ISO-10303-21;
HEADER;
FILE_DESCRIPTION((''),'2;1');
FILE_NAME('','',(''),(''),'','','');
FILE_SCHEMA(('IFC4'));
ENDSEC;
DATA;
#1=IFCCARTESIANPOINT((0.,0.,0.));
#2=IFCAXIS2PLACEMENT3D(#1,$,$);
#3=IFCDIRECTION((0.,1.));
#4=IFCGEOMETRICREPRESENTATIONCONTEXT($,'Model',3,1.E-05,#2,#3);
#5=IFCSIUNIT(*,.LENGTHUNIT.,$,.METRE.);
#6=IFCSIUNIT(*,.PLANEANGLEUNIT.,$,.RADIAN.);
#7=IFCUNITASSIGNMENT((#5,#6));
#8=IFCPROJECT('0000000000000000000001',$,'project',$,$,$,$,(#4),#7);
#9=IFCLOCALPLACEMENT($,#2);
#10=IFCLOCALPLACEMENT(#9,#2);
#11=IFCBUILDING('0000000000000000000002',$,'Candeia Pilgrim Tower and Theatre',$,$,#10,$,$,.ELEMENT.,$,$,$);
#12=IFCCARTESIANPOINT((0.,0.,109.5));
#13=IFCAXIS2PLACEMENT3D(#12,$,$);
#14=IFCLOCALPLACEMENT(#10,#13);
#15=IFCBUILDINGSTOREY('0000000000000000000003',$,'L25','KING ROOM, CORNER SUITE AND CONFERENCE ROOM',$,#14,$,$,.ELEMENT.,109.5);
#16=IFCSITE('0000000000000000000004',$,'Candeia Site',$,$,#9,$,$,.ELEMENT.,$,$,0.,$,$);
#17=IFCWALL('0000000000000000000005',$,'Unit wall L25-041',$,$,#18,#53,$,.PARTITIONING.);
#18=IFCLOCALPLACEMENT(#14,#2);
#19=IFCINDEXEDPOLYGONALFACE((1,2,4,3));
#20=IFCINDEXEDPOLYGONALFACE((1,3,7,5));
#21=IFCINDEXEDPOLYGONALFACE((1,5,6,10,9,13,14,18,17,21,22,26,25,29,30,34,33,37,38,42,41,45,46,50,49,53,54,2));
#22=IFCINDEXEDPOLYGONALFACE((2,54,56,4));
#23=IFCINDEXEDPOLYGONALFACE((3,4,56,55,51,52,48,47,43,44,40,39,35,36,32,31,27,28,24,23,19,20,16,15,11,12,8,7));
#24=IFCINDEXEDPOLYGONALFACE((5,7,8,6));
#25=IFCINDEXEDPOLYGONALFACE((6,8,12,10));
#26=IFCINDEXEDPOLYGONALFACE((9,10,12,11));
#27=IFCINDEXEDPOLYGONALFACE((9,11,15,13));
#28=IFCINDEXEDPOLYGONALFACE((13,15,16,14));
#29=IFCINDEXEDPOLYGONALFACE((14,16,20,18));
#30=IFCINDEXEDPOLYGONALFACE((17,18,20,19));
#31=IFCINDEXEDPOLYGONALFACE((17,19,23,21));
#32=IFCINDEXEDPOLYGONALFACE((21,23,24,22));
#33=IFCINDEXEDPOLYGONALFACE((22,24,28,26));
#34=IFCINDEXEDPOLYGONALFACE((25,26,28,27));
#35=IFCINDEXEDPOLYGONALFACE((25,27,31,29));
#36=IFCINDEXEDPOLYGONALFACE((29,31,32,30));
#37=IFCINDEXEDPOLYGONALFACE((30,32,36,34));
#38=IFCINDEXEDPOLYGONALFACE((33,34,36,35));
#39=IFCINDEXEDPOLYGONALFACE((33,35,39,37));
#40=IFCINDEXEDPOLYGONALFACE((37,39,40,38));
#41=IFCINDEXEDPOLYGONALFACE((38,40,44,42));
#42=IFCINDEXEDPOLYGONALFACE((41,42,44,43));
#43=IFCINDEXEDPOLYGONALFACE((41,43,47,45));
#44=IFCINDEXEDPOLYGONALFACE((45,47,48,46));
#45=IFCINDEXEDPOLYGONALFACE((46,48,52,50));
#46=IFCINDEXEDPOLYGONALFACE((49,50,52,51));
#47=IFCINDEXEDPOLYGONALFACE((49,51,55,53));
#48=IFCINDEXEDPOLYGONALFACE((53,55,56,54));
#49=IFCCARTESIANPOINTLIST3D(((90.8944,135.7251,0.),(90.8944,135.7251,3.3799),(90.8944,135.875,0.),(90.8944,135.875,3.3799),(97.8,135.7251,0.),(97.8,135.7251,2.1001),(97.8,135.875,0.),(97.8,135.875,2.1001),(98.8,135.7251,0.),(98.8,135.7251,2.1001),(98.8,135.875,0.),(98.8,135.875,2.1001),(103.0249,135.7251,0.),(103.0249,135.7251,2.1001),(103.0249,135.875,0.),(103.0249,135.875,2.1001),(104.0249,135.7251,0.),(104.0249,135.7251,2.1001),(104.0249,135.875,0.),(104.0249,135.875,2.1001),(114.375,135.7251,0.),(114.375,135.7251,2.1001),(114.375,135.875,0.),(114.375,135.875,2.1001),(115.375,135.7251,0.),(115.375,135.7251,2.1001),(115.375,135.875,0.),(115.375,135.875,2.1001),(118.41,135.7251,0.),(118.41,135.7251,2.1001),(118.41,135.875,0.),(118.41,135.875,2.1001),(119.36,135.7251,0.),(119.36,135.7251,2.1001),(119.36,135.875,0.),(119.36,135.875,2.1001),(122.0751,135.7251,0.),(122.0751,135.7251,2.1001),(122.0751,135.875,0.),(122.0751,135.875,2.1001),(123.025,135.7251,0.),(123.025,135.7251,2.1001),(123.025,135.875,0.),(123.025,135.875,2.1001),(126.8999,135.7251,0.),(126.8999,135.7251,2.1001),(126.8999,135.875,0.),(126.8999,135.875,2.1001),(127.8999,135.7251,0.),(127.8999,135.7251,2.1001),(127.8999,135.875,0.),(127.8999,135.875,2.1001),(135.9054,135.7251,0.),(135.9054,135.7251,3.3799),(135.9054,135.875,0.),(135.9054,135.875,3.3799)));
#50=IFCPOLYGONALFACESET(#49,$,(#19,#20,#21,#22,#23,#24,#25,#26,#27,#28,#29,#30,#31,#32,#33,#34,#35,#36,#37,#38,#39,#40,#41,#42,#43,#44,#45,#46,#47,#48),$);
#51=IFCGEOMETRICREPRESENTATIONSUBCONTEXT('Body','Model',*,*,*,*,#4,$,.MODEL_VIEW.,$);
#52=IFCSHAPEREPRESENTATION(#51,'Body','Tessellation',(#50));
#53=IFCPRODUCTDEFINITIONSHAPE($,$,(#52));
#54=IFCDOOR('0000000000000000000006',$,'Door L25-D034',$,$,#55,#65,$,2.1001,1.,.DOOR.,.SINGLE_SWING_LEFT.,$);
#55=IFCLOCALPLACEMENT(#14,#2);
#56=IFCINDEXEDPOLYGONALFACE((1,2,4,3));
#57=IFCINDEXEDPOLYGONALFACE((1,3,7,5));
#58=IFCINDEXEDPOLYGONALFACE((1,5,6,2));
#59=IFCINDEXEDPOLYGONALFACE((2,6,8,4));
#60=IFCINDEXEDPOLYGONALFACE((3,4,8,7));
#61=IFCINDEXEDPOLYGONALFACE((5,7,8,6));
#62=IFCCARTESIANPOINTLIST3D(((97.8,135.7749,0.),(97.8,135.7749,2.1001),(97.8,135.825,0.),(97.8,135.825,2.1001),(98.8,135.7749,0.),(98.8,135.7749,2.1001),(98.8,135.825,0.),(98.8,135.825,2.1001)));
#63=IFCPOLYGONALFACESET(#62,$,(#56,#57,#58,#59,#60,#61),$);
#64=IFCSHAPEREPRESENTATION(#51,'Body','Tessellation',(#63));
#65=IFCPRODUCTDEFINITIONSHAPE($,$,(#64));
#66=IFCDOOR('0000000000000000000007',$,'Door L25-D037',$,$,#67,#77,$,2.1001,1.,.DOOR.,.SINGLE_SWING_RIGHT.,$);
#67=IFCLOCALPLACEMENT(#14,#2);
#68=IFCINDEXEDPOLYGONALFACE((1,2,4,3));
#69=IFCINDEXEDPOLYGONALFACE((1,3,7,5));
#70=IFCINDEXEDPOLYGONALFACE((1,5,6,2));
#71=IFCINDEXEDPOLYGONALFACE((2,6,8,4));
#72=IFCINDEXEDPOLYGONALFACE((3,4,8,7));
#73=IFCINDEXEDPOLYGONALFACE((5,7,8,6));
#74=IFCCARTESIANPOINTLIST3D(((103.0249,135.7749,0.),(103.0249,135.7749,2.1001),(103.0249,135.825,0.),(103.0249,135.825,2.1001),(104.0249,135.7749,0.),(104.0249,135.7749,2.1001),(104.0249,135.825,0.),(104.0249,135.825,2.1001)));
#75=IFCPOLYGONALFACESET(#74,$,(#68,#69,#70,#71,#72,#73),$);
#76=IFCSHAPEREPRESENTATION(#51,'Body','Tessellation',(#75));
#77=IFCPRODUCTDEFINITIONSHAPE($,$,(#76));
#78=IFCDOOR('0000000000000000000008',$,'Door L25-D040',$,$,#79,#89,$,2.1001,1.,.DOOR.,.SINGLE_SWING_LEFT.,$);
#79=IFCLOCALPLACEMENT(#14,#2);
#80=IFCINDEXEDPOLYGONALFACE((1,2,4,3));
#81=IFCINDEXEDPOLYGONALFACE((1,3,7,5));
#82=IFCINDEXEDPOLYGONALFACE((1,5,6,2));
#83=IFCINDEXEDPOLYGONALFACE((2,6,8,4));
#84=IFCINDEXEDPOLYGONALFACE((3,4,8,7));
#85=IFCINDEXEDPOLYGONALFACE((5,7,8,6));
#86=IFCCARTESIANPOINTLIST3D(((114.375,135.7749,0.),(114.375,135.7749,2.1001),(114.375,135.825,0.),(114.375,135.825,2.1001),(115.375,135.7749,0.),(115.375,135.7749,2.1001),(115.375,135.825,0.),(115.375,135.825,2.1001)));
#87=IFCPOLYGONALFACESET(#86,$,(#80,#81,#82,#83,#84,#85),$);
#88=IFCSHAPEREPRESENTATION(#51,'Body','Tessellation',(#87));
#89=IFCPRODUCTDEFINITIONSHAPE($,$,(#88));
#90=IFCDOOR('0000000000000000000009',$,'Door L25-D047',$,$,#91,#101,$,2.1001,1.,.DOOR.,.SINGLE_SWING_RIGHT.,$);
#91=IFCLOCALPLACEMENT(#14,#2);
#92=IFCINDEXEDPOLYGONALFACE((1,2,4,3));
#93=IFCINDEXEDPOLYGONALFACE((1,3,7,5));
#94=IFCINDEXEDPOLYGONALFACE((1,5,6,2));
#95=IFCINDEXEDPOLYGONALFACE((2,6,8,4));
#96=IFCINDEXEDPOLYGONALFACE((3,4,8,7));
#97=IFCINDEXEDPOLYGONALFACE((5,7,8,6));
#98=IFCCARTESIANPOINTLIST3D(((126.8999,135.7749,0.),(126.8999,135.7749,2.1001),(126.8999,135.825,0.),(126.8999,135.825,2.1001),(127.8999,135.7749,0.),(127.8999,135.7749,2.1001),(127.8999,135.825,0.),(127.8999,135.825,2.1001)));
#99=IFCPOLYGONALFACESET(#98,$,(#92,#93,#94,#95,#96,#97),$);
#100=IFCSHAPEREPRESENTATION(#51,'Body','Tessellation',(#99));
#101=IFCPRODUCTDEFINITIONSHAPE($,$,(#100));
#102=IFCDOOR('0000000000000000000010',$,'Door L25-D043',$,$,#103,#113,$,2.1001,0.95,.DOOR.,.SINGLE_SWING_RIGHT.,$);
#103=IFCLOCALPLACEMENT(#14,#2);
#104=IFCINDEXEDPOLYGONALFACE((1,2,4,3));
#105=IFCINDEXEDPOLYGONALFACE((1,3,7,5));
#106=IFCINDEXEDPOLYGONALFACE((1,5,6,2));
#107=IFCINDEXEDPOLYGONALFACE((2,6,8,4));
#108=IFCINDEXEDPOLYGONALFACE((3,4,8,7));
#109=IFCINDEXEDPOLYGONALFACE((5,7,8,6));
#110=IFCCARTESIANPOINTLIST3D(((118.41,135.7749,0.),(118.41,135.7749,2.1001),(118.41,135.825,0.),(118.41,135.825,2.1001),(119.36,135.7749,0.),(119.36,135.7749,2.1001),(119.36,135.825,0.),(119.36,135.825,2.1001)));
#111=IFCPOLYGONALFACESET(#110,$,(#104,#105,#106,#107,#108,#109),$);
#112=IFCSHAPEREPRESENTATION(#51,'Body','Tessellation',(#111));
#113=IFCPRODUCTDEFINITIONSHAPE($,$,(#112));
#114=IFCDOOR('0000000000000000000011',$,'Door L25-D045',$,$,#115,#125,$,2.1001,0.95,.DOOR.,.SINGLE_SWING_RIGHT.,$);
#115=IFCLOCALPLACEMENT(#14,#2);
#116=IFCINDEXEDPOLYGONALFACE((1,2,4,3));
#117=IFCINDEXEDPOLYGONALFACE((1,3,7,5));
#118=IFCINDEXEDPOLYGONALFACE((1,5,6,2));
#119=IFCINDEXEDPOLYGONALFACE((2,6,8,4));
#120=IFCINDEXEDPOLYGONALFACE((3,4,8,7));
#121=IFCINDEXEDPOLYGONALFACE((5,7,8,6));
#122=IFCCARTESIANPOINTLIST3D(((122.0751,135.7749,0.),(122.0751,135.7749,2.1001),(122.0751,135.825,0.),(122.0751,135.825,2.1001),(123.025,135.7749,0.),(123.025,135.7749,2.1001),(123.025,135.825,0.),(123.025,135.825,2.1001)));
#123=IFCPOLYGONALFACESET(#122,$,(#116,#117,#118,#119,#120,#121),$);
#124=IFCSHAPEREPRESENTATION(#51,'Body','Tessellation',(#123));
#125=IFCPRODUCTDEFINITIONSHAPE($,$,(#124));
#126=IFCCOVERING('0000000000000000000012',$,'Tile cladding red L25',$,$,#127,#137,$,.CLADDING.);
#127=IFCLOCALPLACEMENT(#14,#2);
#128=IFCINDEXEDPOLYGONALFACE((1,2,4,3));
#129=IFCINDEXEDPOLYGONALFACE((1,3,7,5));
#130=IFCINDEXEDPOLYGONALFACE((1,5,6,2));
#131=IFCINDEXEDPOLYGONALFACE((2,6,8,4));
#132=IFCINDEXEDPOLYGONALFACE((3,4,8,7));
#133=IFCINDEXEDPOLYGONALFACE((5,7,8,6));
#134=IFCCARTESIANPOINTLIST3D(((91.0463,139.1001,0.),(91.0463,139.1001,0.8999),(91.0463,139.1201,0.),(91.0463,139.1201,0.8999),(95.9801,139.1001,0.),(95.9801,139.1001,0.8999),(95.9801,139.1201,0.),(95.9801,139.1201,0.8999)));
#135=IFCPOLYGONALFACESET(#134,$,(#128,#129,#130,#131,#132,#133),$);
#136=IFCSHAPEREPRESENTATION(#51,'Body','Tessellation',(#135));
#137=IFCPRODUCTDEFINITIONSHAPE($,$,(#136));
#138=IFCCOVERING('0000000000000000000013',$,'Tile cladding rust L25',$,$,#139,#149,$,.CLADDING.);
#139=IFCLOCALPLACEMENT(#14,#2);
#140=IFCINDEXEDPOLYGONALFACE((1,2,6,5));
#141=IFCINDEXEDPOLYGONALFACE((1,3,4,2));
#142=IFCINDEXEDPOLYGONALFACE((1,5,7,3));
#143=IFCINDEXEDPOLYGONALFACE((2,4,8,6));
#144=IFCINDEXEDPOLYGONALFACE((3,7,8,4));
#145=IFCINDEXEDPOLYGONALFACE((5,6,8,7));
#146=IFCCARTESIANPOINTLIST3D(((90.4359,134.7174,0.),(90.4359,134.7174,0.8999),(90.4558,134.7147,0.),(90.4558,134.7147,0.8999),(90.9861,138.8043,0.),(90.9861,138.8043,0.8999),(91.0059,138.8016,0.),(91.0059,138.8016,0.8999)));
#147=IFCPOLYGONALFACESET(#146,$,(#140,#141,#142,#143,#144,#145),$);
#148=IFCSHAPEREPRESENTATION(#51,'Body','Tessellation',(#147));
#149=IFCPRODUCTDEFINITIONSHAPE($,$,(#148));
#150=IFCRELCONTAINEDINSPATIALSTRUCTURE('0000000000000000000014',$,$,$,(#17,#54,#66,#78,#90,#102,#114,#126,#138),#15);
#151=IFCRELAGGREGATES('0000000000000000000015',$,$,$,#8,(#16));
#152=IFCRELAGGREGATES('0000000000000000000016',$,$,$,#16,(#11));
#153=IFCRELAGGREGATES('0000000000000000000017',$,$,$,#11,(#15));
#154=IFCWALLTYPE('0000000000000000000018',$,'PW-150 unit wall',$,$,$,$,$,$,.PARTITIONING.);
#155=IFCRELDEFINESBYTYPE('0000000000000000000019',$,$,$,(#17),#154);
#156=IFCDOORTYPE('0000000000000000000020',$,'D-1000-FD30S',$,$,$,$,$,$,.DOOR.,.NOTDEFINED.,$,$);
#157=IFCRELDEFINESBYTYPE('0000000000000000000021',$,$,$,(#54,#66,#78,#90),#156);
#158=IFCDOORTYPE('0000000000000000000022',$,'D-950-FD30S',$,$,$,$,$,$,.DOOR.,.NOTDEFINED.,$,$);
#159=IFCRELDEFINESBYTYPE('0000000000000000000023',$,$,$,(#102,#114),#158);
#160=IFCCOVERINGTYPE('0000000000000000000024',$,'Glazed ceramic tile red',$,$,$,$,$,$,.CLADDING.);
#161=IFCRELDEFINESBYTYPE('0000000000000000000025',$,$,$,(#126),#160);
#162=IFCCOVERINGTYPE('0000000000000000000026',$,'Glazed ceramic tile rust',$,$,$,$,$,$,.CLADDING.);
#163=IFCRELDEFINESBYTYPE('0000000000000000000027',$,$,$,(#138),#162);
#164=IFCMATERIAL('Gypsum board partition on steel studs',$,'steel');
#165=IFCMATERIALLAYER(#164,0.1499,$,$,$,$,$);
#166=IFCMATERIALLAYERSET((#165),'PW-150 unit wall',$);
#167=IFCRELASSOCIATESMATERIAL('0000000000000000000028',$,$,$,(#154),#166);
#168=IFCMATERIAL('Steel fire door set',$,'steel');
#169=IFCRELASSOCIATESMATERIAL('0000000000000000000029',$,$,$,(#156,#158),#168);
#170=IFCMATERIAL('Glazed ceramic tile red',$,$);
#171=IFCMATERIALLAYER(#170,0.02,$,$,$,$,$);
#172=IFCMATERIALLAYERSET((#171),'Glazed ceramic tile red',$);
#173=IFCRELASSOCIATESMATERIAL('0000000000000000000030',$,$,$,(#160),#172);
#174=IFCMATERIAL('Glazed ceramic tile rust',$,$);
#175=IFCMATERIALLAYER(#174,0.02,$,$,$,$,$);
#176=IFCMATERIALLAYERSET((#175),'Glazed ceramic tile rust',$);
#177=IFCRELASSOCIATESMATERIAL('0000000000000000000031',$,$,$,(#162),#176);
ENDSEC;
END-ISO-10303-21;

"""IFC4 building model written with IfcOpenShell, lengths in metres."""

from ifc_helpers import new_model, si_unit, direction, frame, frame_2d, origin, origin_2d, place, context, subcontext, project, spatial, rectangle, extrude, material, layer, layer_set, type_object, element, fill, save


model = new_model("IFC4")

# Units and contexts
model_context = context("Model", 3, precision=1e-05, world=origin(), true_north=direction((0.0, 1.0)))
body_context = subcontext(model_context, "Body", "Model", "MODEL_VIEW")
ifc_project = project(units=[si_unit("LENGTHUNIT", "METRE"), si_unit("PLANEANGLEUNIT", "RADIAN")], contexts=[model_context])

# Site, building, storey
site_placement = place(None, origin())
site = spatial("IfcSite", under=ifc_project, at=site_placement, Name="Candeia Site", CompositionType="ELEMENT", RefElevation=0.0)
building_placement = place(site_placement, origin())
building = spatial("IfcBuilding", under=site, at=building_placement, Name="Candeia Pilgrim Tower and Theatre", CompositionType="ELEMENT")
storey_placement = place(building_placement, frame((0.0, 0.0, 109.5)))
storey = spatial("IfcBuildingStorey", under=building, at=storey_placement, Name="L25", Description="KING ROOM, CORNER SUITE AND CONFERENCE ROOM", CompositionType="ELEMENT", Elevation=109.5)

# Shared definitions
ifc_material_1 = material(Name="Gypsum board partition on steel studs", Category="steel")

# Wall, openings, doors
ifc_layer_1 = layer(ifc_material_1, 0.1499)
ifc_layer_set_1 = layer_set([ifc_layer_1], Name="PW-150 unit wall")
wall_type_1 = type_object("IfcWallType", Name="PW-150 unit wall", PredefinedType="PARTITIONING", material=ifc_layer_set_1)
wall_1_placement = place(storey_placement, frame((90.8945, 135.8, 0.0), z_axis=(0.0, 0.0, 1.0), x_axis=(1.0, 0.0, 0.0)))
wall_1 = element("IfcWall", 1, at=wall_1_placement, inside=storey, type_object=wall_type_1, Name="Unit wall L25-041", PredefinedType="PARTITIONING", context=body_context, shape_type="SweptSolid", body=[
    extrude(rectangle(XDim=45.011, YDim=0.1499, at=frame_2d((22.5054, 0.0))), origin(), (0.0, 0.0, 1.0), 3.3799),
])
opening_1_placement = place(wall_1_placement, frame((6.9055, 0.0, 0.0)))
opening_1 = element("IfcOpeningElement", 2, at=opening_1_placement, cuts=wall_1, PredefinedType="OPENING", context=body_context, shape_type="SweptSolid", body=[
    extrude(rectangle(XDim=1.0, YDim=2.1001, at=frame_2d((0.5, 1.05))), frame((0.0, 0.085, 0.0), z_axis=(0.0, -1.0, 0.0), x_axis=(1.0, 0.0, 0.0)), (0.0, 0.0, 1.0), 0.1699),
])
opening_2_placement = place(wall_1_placement, frame((12.1304, 0.0, 0.0)))
opening_2 = element("IfcOpeningElement", 3, at=opening_2_placement, cuts=wall_1, PredefinedType="OPENING", context=body_context, shape_type="SweptSolid", body=[
    extrude(rectangle(XDim=1.0, YDim=2.1001, at=frame_2d((0.5, 1.05))), frame((0.0, 0.085, 0.0), z_axis=(0.0, -1.0, 0.0), x_axis=(1.0, 0.0, 0.0)), (0.0, 0.0, 1.0), 0.1699),
])
opening_3_placement = place(wall_1_placement, frame((23.4805, 0.0, 0.0)))
opening_3 = element("IfcOpeningElement", 4, at=opening_3_placement, cuts=wall_1, PredefinedType="OPENING", context=body_context, shape_type="SweptSolid", body=[
    extrude(rectangle(XDim=1.0, YDim=2.1001, at=frame_2d((0.5, 1.05))), frame((0.0, 0.085, 0.0), z_axis=(0.0, -1.0, 0.0), x_axis=(1.0, 0.0, 0.0)), (0.0, 0.0, 1.0), 0.1699),
])
opening_4_placement = place(wall_1_placement, frame((27.5154, 0.0, 0.0)))
opening_4 = element("IfcOpeningElement", 5, at=opening_4_placement, cuts=wall_1, PredefinedType="OPENING", context=body_context, shape_type="SweptSolid", body=[
    extrude(rectangle(XDim=0.95, YDim=2.1001, at=frame_2d((0.4751, 1.05))), frame((0.0, 0.085, 0.0), z_axis=(0.0, -1.0, 0.0), x_axis=(1.0, 0.0, 0.0)), (0.0, 0.0, 1.0), 0.1699),
])
opening_5_placement = place(wall_1_placement, frame((31.1804, 0.0, 0.0)))
opening_5 = element("IfcOpeningElement", 6, at=opening_5_placement, cuts=wall_1, PredefinedType="OPENING", context=body_context, shape_type="SweptSolid", body=[
    extrude(rectangle(XDim=0.95, YDim=2.1001, at=frame_2d((0.4751, 1.05))), frame((0.0, 0.085, 0.0), z_axis=(0.0, -1.0, 0.0), x_axis=(1.0, 0.0, 0.0)), (0.0, 0.0, 1.0), 0.1699),
])
opening_6_placement = place(wall_1_placement, frame((36.0054, 0.0, 0.0)))
opening_6 = element("IfcOpeningElement", 7, at=opening_6_placement, cuts=wall_1, PredefinedType="OPENING", context=body_context, shape_type="SweptSolid", body=[
    extrude(rectangle(XDim=1.0, YDim=2.1001, at=frame_2d((0.5, 1.05))), frame((0.0, 0.085, 0.0), z_axis=(0.0, -1.0, 0.0), x_axis=(1.0, 0.0, 0.0)), (0.0, 0.0, 1.0), 0.1699),
])
ifc_material_2 = material(Name="Steel fire door set", Category="steel")
door_type_1 = type_object("IfcDoorType", Name="D-1000-FD30S", OperationType="NOTDEFINED", PredefinedType="DOOR", material=ifc_material_2)
door_1_placement = place(opening_1_placement, origin())
door_1 = element("IfcDoor", 8, at=door_1_placement, inside=storey, type_object=door_type_1, Name="Door L25-D034", OperationType="SINGLE_SWING_LEFT", OverallHeight=2.1001, OverallWidth=1.0, PredefinedType="DOOR", context=body_context, shape_type="SweptSolid", body=[
    extrude(rectangle(XDim=1.0, YDim=2.1001, at=frame_2d((0.5, 1.05))), frame((0.0, 0.0249, 0.0), z_axis=(0.0, -1.0, 0.0), x_axis=(1.0, 0.0, 0.0)), (0.0, 0.0, 1.0), 0.05),
])
fill(opening_1, door_1)
door_2_placement = place(opening_2_placement, origin())
door_2 = element("IfcDoor", 9, at=door_2_placement, inside=storey, type_object=door_type_1, Name="Door L25-D037", OperationType="SINGLE_SWING_RIGHT", OverallHeight=2.1001, OverallWidth=1.0, PredefinedType="DOOR", context=body_context, shape_type="SweptSolid", body=[
    extrude(rectangle(XDim=1.0, YDim=2.1001, at=frame_2d((0.5, 1.05))), frame((0.0, 0.0249, 0.0), z_axis=(0.0, -1.0, 0.0), x_axis=(1.0, 0.0, 0.0)), (0.0, 0.0, 1.0), 0.05),
])
fill(opening_2, door_2)
door_3_placement = place(opening_3_placement, origin())
door_3 = element("IfcDoor", 10, at=door_3_placement, inside=storey, type_object=door_type_1, Name="Door L25-D040", OperationType="SINGLE_SWING_LEFT", OverallHeight=2.1001, OverallWidth=1.0, PredefinedType="DOOR", context=body_context, shape_type="SweptSolid", body=[
    extrude(rectangle(XDim=1.0, YDim=2.1001, at=frame_2d((0.5, 1.05))), frame((0.0, 0.0249, 0.0), z_axis=(0.0, -1.0, 0.0), x_axis=(1.0, 0.0, 0.0)), (0.0, 0.0, 1.0), 0.05),
])
fill(opening_3, door_3)
door_4_placement = place(opening_6_placement, origin())
door_4 = element("IfcDoor", 11, at=door_4_placement, inside=storey, type_object=door_type_1, Name="Door L25-D047", OperationType="SINGLE_SWING_RIGHT", OverallHeight=2.1001, OverallWidth=1.0, PredefinedType="DOOR", context=body_context, shape_type="SweptSolid", body=[
    extrude(rectangle(XDim=1.0, YDim=2.1001, at=frame_2d((0.5, 1.05))), frame((0.0, 0.0249, 0.0), z_axis=(0.0, -1.0, 0.0), x_axis=(1.0, 0.0, 0.0)), (0.0, 0.0, 1.0), 0.05),
])
fill(opening_6, door_4)
door_type_2 = type_object("IfcDoorType", Name="D-950-FD30S", OperationType="NOTDEFINED", PredefinedType="DOOR", material=ifc_material_2)
door_5_placement = place(opening_4_placement, origin())
door_5 = element("IfcDoor", 12, at=door_5_placement, inside=storey, type_object=door_type_2, Name="Door L25-D043", OperationType="SINGLE_SWING_RIGHT", OverallHeight=2.1001, OverallWidth=0.95, PredefinedType="DOOR", context=body_context, shape_type="SweptSolid", body=[
    extrude(rectangle(XDim=0.95, YDim=2.1001, at=frame_2d((0.4751, 1.05))), frame((0.0, 0.0249, 0.0), z_axis=(0.0, -1.0, 0.0), x_axis=(1.0, 0.0, 0.0)), (0.0, 0.0, 1.0), 0.05),
])
fill(opening_4, door_5)
door_6_placement = place(opening_5_placement, origin())
door_6 = element("IfcDoor", 13, at=door_6_placement, inside=storey, type_object=door_type_2, Name="Door L25-D045", OperationType="SINGLE_SWING_RIGHT", OverallHeight=2.1001, OverallWidth=0.95, PredefinedType="DOOR", context=body_context, shape_type="SweptSolid", body=[
    extrude(rectangle(XDim=0.95, YDim=2.1001, at=frame_2d((0.4751, 1.05))), frame((0.0, 0.0249, 0.0), z_axis=(0.0, -1.0, 0.0), x_axis=(1.0, 0.0, 0.0)), (0.0, 0.0, 1.0), 0.05),
])
fill(opening_5, door_6)

# Coverings
ifc_material_3 = material(Name="Glazed ceramic tile red")
ifc_layer_2 = layer(ifc_material_3, 0.02)
ifc_layer_set_2 = layer_set([ifc_layer_2], Name="Glazed ceramic tile red")
covering_type_1 = type_object("IfcCoveringType", Name="Glazed ceramic tile red", PredefinedType="CLADDING", material=ifc_layer_set_2)
covering_1_placement = place(storey_placement, frame((93.5132, 139.1101, 0.0), z_axis=(0.0, 0.0, 1.0), x_axis=(-1.0, 0.0, 0.0)))
element("IfcCovering", 14, at=covering_1_placement, inside=storey, type_object=covering_type_1, Name="Tile cladding red L25", PredefinedType="CLADDING", context=body_context, shape_type="SweptSolid", body=[
    extrude(rectangle(XDim=4.9338, YDim=0.02, at=origin_2d()), origin(), (0.0, 0.0, 1.0), 0.8999),
])
ifc_material_4 = material(Name="Glazed ceramic tile rust")
ifc_layer_3 = layer(ifc_material_4, 0.02)
ifc_layer_set_3 = layer_set([ifc_layer_3], Name="Glazed ceramic tile rust")
covering_type_2 = type_object("IfcCoveringType", Name="Glazed ceramic tile rust", PredefinedType="CLADDING", material=ifc_layer_set_3)
covering_2_placement = place(storey_placement, frame((90.7209, 136.7595, 0.0), z_axis=(0.0, 0.0, 1.0), x_axis=(-0.133412, -0.991061, 0.0)))
element("IfcCovering", 15, at=covering_2_placement, inside=storey, type_object=covering_type_2, Name="Tile cladding rust L25", PredefinedType="CLADDING", context=body_context, shape_type="SweptSolid", body=[
    extrude(rectangle(XDim=4.1238, YDim=0.02, at=origin_2d()), origin(), (0.0, 0.0, 1.0), 0.8999),
])

save(model, "model.ifc")
